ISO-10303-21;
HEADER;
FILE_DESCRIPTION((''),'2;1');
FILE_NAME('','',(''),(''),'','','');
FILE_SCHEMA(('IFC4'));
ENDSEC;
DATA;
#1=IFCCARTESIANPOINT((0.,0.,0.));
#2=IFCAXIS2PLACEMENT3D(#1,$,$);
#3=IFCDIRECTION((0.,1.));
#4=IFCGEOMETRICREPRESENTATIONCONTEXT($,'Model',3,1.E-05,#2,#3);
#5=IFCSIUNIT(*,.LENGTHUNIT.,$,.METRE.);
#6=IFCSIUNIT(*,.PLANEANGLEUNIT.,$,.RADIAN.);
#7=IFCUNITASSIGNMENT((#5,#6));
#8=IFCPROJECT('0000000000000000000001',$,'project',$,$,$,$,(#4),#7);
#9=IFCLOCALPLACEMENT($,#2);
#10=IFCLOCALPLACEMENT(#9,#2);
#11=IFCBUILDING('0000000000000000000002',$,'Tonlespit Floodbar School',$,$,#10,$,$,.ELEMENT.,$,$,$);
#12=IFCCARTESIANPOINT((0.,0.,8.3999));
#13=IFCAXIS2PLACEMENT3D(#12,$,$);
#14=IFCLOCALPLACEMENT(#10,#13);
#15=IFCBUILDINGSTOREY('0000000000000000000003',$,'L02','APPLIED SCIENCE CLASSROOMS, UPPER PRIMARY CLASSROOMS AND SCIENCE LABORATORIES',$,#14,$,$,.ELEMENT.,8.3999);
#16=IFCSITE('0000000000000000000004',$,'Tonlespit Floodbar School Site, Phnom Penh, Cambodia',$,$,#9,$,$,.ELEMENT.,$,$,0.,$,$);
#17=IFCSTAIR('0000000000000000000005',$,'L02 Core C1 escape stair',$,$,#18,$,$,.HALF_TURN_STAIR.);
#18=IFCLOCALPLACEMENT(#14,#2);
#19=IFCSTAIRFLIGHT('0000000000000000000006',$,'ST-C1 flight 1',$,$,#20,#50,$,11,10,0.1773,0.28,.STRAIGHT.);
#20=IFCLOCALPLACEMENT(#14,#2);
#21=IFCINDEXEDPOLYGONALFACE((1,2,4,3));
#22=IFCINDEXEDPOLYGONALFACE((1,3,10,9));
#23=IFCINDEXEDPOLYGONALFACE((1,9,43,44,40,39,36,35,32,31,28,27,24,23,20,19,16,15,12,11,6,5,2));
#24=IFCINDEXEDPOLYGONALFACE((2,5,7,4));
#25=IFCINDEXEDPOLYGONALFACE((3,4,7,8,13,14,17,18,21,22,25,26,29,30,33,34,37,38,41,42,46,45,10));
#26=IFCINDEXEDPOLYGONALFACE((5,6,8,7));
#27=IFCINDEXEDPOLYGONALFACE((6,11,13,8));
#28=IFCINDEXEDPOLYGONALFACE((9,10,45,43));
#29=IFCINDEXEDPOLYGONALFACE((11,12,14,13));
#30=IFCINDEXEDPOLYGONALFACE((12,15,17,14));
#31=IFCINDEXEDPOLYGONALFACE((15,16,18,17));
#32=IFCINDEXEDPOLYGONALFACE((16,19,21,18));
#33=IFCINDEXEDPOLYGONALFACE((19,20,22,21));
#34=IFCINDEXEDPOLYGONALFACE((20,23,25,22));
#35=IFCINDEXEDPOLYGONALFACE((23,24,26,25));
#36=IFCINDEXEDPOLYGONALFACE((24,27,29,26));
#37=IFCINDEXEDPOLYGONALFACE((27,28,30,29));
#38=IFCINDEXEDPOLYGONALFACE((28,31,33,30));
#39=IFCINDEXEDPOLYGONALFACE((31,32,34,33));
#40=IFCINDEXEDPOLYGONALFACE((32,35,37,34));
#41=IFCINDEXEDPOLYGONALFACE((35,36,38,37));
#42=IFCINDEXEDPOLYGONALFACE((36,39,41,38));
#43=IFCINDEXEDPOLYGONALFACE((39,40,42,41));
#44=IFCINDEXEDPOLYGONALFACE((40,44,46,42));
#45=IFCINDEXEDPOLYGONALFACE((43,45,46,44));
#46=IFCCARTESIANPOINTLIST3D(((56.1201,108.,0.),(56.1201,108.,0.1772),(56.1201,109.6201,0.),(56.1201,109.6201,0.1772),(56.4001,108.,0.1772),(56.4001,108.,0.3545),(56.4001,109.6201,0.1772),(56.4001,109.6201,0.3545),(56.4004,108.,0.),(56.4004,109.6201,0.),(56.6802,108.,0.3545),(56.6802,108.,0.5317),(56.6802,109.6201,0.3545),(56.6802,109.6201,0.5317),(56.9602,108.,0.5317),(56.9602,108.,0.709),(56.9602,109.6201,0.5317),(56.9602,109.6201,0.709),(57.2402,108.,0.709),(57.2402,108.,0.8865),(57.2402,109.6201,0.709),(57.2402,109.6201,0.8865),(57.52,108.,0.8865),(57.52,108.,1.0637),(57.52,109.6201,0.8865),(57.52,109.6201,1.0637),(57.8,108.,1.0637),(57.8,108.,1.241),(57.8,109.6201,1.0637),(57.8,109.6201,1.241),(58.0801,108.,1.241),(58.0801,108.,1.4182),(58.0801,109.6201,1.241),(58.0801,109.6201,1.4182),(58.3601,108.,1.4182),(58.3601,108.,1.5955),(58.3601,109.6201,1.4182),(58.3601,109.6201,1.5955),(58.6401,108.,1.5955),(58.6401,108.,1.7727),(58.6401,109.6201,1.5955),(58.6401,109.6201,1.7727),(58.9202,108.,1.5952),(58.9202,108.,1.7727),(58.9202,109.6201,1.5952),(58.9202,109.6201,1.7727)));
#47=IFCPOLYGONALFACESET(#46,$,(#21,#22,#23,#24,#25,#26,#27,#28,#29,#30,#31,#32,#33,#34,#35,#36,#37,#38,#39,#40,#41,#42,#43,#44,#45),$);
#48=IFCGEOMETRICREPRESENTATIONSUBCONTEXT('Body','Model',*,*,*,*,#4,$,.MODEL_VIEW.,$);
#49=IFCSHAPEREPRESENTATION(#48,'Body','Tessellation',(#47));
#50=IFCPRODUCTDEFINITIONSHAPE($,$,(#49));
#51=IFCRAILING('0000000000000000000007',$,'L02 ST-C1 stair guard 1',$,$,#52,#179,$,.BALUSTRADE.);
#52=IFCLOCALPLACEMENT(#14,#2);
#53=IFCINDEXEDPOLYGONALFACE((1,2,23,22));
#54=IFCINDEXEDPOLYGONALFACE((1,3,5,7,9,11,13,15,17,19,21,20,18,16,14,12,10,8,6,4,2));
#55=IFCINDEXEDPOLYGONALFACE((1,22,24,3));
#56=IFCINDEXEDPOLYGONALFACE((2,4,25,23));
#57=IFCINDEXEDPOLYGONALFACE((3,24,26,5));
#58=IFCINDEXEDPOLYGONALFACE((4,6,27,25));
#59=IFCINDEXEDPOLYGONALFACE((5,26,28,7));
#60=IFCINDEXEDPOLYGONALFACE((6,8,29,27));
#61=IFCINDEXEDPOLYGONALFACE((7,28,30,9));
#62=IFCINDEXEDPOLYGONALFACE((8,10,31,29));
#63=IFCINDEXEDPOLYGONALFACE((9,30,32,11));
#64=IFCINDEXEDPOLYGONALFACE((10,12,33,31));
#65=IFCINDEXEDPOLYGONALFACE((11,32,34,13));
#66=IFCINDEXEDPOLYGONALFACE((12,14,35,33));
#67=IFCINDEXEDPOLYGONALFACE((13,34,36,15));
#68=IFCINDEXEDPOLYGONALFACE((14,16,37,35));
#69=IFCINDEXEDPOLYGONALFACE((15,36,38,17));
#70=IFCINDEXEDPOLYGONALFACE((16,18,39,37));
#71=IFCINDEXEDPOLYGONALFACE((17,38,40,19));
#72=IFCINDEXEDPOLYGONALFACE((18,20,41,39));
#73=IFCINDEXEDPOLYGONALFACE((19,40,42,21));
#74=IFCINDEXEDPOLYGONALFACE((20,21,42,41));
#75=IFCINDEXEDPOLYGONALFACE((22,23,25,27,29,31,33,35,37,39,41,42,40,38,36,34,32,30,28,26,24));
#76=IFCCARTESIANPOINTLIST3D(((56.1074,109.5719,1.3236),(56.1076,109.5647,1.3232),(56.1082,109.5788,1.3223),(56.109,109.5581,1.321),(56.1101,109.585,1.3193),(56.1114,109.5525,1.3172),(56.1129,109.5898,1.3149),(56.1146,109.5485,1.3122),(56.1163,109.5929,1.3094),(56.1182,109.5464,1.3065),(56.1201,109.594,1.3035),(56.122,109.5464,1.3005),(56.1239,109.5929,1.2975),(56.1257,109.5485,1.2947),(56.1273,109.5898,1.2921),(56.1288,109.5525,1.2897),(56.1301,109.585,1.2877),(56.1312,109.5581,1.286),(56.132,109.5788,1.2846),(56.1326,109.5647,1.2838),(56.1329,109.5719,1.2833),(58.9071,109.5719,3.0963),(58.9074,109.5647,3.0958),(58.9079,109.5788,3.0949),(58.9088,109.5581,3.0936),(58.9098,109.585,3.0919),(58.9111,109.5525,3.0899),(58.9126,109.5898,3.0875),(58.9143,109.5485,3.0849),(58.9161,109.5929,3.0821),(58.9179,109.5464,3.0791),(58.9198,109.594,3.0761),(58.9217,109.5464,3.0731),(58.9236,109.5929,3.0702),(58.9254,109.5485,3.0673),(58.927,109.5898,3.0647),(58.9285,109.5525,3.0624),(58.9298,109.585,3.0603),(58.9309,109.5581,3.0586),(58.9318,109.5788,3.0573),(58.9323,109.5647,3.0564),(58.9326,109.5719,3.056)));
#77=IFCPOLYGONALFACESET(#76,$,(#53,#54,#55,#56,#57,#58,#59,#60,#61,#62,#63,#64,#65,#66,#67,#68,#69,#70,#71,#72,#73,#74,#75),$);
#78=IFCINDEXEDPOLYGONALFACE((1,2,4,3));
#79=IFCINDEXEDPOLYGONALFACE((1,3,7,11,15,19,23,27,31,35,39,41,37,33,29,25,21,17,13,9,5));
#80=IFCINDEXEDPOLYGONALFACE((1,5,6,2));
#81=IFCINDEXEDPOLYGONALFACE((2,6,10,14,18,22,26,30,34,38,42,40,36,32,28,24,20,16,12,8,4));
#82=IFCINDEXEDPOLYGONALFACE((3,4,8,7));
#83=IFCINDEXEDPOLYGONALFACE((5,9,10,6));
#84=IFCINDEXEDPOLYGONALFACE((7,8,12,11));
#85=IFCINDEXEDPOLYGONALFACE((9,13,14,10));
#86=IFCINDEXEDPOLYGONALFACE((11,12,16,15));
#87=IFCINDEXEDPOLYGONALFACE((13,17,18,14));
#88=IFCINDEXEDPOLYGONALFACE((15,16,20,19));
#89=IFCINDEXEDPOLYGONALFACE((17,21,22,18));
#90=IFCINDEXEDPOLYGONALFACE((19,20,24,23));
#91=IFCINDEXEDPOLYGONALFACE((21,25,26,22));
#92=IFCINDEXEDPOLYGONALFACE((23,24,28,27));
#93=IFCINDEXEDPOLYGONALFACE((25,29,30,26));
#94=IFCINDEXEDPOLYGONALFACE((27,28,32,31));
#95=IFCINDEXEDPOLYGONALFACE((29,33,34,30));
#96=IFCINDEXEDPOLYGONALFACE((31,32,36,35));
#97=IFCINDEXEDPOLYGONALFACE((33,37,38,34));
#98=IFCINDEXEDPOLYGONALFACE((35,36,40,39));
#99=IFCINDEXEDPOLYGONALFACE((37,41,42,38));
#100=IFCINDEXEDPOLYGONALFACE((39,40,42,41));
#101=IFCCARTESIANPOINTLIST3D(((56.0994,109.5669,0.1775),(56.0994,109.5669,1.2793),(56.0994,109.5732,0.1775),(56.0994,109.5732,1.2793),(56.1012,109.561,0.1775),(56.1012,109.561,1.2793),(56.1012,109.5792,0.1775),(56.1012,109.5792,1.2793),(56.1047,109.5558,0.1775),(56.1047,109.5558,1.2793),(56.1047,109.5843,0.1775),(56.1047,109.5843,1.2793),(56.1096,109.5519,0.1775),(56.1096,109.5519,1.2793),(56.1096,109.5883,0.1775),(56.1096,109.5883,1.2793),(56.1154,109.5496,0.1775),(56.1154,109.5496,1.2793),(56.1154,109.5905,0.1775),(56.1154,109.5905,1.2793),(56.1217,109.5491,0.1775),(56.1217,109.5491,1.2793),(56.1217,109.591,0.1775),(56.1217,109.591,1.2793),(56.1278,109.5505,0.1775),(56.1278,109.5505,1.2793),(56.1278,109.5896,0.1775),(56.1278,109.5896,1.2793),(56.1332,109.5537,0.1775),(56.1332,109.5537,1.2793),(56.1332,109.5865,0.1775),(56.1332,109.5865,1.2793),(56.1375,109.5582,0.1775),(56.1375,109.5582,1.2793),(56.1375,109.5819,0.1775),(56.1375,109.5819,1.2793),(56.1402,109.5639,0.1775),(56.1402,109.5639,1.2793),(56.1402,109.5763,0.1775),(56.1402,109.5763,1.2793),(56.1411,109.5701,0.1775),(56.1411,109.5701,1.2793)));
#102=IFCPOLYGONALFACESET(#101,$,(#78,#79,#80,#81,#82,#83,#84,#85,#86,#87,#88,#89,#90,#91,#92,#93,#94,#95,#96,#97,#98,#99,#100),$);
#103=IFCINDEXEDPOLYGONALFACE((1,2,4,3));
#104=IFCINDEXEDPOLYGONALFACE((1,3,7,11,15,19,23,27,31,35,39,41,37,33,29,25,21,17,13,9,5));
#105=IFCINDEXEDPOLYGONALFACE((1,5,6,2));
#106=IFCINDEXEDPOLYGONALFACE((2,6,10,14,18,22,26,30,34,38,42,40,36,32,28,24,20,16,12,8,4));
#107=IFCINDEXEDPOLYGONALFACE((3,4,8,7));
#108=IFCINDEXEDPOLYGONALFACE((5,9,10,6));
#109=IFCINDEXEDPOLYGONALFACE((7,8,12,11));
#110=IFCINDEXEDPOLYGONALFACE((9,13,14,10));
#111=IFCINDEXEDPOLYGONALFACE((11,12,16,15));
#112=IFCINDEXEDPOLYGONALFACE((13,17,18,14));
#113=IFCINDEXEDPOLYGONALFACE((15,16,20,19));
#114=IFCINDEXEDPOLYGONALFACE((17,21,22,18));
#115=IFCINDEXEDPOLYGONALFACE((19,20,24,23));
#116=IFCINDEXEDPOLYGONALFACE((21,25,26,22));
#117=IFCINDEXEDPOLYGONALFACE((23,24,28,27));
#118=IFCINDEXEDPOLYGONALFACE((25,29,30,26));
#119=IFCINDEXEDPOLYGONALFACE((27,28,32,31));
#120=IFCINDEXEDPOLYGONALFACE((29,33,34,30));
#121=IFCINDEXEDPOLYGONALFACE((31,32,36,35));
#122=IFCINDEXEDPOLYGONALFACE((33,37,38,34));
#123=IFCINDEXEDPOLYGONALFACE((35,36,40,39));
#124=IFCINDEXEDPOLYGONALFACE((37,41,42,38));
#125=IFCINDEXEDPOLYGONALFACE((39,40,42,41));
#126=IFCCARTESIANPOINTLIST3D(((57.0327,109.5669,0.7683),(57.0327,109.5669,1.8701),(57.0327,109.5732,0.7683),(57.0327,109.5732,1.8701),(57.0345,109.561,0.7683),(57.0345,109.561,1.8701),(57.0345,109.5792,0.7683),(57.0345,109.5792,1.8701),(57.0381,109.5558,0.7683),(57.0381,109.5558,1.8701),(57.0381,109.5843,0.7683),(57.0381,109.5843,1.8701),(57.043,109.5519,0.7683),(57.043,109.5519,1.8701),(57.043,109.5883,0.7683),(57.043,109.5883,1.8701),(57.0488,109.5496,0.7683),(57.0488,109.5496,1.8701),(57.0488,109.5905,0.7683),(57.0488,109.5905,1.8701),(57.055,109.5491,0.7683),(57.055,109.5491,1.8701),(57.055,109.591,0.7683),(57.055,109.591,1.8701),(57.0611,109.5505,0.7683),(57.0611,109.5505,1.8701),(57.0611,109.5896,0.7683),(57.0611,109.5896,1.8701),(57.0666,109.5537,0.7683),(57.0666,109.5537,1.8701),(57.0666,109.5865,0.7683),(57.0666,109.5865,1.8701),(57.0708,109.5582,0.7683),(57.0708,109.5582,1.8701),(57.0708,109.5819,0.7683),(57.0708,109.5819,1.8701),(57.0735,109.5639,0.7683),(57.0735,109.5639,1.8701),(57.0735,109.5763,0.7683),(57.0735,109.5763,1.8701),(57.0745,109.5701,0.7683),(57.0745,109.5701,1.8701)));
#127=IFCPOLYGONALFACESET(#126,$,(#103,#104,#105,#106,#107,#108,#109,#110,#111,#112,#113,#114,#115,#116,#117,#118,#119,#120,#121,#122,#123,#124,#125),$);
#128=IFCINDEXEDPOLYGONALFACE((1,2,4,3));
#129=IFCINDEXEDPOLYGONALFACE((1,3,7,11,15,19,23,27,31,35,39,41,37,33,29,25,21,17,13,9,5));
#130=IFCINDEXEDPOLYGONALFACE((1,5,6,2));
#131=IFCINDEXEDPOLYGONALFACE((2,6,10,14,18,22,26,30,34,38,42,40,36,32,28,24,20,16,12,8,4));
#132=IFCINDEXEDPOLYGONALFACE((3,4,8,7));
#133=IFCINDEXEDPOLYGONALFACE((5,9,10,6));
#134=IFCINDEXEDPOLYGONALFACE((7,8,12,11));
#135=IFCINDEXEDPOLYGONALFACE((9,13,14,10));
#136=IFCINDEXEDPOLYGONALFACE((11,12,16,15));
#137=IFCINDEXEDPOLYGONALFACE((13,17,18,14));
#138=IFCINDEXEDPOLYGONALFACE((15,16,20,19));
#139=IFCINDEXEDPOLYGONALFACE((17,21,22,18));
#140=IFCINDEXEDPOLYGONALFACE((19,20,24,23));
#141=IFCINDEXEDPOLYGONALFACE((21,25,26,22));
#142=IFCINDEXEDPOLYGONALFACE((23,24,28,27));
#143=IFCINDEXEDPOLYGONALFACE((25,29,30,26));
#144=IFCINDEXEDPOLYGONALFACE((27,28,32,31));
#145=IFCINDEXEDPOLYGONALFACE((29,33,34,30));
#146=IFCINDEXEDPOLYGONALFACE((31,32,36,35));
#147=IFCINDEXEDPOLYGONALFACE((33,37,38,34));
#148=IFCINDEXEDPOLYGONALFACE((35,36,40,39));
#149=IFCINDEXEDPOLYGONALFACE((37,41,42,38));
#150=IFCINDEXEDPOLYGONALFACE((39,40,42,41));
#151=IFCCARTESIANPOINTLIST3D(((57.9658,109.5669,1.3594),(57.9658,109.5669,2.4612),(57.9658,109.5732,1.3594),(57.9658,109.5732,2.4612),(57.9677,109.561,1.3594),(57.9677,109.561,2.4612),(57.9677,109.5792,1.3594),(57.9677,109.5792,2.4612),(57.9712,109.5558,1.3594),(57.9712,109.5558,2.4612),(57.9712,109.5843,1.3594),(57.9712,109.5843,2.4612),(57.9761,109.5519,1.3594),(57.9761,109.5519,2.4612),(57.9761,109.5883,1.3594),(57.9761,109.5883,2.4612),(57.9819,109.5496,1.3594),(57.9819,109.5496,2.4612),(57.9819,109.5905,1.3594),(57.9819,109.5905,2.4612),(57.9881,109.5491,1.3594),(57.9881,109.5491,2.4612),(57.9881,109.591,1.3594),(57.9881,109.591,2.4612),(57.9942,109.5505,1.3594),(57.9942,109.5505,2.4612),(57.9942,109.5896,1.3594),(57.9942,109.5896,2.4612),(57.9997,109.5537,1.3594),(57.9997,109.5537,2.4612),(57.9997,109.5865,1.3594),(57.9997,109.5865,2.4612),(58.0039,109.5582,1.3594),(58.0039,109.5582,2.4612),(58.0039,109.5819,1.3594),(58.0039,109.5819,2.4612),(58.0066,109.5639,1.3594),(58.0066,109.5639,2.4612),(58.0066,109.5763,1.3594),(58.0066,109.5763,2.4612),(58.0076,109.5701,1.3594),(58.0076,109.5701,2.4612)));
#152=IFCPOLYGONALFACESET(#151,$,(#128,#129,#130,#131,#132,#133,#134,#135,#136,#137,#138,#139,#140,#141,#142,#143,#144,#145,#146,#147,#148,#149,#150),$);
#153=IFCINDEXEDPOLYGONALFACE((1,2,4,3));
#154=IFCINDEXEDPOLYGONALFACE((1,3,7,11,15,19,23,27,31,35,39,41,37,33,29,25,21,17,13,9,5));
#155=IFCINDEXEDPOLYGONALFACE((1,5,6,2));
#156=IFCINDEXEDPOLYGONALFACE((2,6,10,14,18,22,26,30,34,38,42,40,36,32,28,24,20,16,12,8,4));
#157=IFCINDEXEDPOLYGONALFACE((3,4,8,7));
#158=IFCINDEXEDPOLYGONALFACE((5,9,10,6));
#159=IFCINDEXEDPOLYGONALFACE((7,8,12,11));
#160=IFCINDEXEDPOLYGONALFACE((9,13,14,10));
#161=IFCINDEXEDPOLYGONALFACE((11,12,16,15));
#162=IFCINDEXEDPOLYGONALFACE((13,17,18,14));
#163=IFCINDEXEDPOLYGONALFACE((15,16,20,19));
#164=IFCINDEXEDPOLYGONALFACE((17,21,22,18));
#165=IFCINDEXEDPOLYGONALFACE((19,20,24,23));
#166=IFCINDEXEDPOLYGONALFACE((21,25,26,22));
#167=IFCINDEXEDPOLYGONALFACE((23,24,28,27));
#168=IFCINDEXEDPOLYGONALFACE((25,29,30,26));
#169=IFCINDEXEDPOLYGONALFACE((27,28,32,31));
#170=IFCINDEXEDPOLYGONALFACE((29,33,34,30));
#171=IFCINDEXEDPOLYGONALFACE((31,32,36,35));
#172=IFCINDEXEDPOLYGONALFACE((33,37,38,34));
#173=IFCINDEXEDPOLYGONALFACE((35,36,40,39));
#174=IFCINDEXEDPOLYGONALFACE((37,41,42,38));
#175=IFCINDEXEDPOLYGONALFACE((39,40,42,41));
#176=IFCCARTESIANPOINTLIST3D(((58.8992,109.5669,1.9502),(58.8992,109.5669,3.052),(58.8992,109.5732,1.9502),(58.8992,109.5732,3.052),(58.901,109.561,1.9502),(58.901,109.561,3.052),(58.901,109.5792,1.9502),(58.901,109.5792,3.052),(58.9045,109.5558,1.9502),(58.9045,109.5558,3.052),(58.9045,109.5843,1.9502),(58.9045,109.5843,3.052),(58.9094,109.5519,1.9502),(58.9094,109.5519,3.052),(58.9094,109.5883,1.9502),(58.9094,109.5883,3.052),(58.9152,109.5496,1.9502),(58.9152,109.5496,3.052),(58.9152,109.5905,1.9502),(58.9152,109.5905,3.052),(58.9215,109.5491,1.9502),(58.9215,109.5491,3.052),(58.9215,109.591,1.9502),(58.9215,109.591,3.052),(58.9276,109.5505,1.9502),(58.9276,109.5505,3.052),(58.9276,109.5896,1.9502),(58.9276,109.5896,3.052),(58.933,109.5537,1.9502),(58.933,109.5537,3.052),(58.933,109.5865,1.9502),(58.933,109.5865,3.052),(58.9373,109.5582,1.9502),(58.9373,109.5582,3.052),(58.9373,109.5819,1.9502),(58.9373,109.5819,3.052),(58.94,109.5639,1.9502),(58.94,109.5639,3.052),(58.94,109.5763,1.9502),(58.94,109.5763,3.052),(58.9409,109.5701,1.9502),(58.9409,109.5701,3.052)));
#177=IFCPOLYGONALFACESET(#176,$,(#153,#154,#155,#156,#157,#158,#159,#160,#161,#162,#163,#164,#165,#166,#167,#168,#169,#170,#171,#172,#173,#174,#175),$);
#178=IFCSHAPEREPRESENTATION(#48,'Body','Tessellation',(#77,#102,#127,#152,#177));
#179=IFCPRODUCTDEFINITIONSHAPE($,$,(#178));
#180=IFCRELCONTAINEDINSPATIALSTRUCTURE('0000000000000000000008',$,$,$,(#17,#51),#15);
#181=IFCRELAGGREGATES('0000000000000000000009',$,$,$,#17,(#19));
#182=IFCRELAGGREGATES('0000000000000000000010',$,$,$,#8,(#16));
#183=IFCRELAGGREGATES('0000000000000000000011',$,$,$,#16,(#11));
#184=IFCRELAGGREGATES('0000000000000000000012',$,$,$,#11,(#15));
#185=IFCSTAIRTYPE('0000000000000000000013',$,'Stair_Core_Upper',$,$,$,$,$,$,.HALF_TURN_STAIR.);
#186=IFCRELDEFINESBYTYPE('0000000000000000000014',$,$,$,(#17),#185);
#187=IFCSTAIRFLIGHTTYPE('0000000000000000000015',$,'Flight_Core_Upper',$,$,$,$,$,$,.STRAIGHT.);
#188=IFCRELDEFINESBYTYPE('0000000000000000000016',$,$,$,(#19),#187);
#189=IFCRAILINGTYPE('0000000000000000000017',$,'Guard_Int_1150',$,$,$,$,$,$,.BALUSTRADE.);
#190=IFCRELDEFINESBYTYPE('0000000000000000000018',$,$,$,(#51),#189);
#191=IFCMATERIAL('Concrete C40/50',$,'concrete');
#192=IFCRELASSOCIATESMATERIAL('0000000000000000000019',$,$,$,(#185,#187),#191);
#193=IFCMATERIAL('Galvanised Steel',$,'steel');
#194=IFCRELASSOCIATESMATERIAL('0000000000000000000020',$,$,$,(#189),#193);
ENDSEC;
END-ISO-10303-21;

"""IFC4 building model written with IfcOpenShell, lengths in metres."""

from ifc_helpers import new_model, si_unit, direction, frame, origin, origin_2d, place, context, subcontext, project, spatial, polyline, circle, outline, extrude, material, type_object, element, aggregate, save


model = new_model("IFC4")

# Units and contexts
model_context = context("Model", 3, precision=1e-05, world=origin(), true_north=direction((0.0, 1.0)))
body_context = subcontext(model_context, "Body", "Model", "MODEL_VIEW")
ifc_project = project(units=[si_unit("LENGTHUNIT", "METRE"), si_unit("PLANEANGLEUNIT", "RADIAN")], contexts=[model_context])

# Site, building, storey
site_placement = place(None, origin())
site = spatial("IfcSite", under=ifc_project, at=site_placement, Name="Tonlespit Floodbar School Site, Phnom Penh, Cambodia", CompositionType="ELEMENT", RefElevation=0.0)
building_placement = place(site_placement, origin())
building = spatial("IfcBuilding", under=site, at=building_placement, Name="Tonlespit Floodbar School", CompositionType="ELEMENT")
storey_placement = place(building_placement, frame((0.0, 0.0, 8.3999)))
storey = spatial("IfcBuildingStorey", under=building, at=storey_placement, Name="L02", Description="APPLIED SCIENCE CLASSROOMS, UPPER PRIMARY CLASSROOMS AND SCIENCE LABORATORIES", CompositionType="ELEMENT", Elevation=8.3999)

# Shared definitions
ifc_material_1 = material(Name="Concrete C40/50", Category="concrete")

# Shared definitions
ifc_material_2 = material(Name="Galvanised Steel", Category="steel")

# Stair, stair flight
stair_type = type_object("IfcStairType", Name="Stair_Core_Upper", PredefinedType="HALF_TURN_STAIR", material=ifc_material_1)
stair_placement = place(storey_placement, origin())
stair = element("IfcStair", 1, at=stair_placement, inside=storey, type_object=stair_type, Name="L02 Core C1 escape stair", PredefinedType="HALF_TURN_STAIR")
stair_flight_type = type_object("IfcStairFlightType", Name="Flight_Core_Upper", PredefinedType="STRAIGHT", material=ifc_material_1)
stair_flight_placement = place(storey_placement, frame((56.1201, 108.8101, 0.0), z_axis=(0.0, 0.0, 1.0), x_axis=(1.0, 0.0, 0.0)))
stair_flight = element("IfcStairFlight", 2, at=stair_flight_placement, type_object=stair_flight_type, Name="ST-C1 flight 1", NumberOfRisers=11, NumberOfTreads=10, PredefinedType="STRAIGHT", RiserHeight=0.1773, TreadLength=0.28, context=body_context, shape_type="SweptSolid", body=[
    extrude(outline(polyline([(0.0, 0.0), (0.0, 0.1772), (0.28, 0.1772), (0.28, 0.3545), (0.5601, 0.3545), (0.5601, 0.5317), (0.8401, 0.5317), (0.8401, 0.709), (1.1201, 0.709), (1.1201, 0.8865), (1.3999, 0.8865), (1.3999, 1.0637), (1.6799, 1.0637), (1.6799, 1.241), (1.96, 1.241), (1.96, 1.4182), (2.24, 1.4182), (2.24, 1.5955), (2.52, 1.5955), (2.52, 1.7727), (2.8, 1.7727), (2.8, 1.95), (2.8, 1.5952), (0.2803, 0.0), (0.0, 0.0)])), frame((0.0, 0.8101, 0.0), z_axis=(0.0, -1.0, 0.0), x_axis=(1.0, 0.0, 0.0)), (0.0, 0.0, 1.0), 1.6201),
])
aggregate(stair, [stair_flight])

# Railing
railing_type_1 = type_object("IfcRailingType", Name="Guard_Int_1150", PredefinedType="BALUSTRADE", material=ifc_material_2)
railing_1_placement = place(storey_placement, frame((56.1201, 109.5701, 0.1775)))
element("IfcRailing", 3, at=railing_1_placement, inside=storey, type_object=railing_type_1, Name="L02 ST-C1 stair guard 1", PredefinedType="BALUSTRADE", context=body_context, shape_type="SweptSolid", body=[
    extrude(circle(Radius=0.0239, at=origin_2d()), frame((0.0, 0.0, 1.126), z_axis=(0.844888, 0.0, 0.534943), x_axis=(0.0, 1.0, 0.0)), (0.0, 0.0, 1.0), 3.3137),
    extrude(circle(Radius=0.021, at=origin_2d()), origin(), (0.0, 0.0, 1.0), 1.1018),
    extrude(circle(Radius=0.021, at=origin_2d()), frame((0.9333, 0.0, 0.5908)), (0.0, 0.0, 1.0), 1.1018),
    extrude(circle(Radius=0.021, at=origin_2d()), frame((1.8665, 0.0, 1.1819)), (0.0, 0.0, 1.0), 1.1018),
    extrude(circle(Radius=0.021, at=origin_2d()), frame((2.7998, 0.0, 1.7727)), (0.0, 0.0, 1.0), 1.1018),
])

save(model, "model.ifc")
